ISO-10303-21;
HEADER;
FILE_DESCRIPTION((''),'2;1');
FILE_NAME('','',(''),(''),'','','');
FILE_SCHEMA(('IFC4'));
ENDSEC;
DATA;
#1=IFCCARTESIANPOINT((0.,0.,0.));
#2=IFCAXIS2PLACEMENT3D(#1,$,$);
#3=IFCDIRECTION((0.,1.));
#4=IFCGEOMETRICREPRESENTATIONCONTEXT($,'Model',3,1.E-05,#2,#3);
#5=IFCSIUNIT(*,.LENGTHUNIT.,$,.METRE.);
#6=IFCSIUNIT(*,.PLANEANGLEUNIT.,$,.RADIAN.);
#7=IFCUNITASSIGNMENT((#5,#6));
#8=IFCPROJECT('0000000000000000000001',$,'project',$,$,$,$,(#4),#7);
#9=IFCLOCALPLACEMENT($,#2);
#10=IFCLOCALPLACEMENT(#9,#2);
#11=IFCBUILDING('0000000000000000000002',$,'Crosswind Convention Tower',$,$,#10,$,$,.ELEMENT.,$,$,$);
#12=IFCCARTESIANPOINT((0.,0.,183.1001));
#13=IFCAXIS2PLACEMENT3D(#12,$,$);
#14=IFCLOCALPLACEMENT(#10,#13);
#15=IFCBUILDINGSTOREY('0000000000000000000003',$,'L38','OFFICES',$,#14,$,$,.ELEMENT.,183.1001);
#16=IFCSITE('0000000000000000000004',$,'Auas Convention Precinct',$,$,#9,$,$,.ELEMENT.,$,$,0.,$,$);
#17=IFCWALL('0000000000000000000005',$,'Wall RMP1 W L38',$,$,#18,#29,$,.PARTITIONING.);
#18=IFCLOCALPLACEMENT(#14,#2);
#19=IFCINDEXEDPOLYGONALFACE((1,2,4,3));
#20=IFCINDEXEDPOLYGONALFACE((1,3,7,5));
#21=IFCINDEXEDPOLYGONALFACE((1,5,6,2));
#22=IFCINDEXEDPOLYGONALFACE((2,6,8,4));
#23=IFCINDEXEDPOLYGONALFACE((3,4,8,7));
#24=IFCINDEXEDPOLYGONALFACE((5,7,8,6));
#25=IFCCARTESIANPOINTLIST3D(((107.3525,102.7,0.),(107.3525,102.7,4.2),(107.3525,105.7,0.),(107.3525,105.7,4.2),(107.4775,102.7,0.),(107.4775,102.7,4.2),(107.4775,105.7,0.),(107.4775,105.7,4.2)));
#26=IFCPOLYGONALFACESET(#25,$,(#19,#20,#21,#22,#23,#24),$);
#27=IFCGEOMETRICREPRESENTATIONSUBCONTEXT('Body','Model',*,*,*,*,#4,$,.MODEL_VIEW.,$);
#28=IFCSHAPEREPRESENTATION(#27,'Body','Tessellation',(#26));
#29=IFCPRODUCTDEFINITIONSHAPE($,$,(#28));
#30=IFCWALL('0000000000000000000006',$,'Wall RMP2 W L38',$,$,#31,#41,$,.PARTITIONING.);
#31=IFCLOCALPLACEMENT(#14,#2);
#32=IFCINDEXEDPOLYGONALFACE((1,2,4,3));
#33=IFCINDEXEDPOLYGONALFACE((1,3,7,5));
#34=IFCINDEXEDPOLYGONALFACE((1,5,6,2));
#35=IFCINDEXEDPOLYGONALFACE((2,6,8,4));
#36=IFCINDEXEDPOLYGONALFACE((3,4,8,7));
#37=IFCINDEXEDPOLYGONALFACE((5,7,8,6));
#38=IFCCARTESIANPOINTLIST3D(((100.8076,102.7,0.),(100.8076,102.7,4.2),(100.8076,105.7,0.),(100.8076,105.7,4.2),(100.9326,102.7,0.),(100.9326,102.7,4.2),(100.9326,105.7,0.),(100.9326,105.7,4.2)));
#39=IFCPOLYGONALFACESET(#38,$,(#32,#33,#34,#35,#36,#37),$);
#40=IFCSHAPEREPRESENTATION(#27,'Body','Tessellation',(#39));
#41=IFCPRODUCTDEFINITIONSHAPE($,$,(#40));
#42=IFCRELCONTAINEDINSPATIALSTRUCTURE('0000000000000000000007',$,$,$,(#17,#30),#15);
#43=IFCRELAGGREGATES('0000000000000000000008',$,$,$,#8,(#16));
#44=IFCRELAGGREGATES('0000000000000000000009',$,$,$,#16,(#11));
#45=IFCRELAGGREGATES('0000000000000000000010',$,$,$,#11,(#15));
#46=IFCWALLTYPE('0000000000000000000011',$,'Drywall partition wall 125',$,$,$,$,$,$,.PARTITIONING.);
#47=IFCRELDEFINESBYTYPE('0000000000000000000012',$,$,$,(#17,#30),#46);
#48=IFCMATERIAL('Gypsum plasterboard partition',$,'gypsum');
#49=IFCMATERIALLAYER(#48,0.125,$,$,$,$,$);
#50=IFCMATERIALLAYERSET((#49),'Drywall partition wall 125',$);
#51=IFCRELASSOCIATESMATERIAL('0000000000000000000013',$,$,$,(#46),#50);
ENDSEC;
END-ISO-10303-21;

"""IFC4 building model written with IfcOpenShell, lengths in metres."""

from ifc_helpers import new_model, si_unit, direction, frame, frame_2d, origin, place, context, subcontext, project, spatial, rectangle, extrude, material, layer, layer_set, type_object, element, save


model = new_model("IFC4")

# Units and contexts
model_context = context("Model", 3, precision=1e-05, world=origin(), true_north=direction((0.0, 1.0)))
body_context = subcontext(model_context, "Body", "Model", "MODEL_VIEW")
ifc_project = project(units=[si_unit("LENGTHUNIT", "METRE"), si_unit("PLANEANGLEUNIT", "RADIAN")], contexts=[model_context])

# Site, building, storey
site_placement = place(None, origin())
site = spatial("IfcSite", under=ifc_project, at=site_placement, Name="Auas Convention Precinct", CompositionType="ELEMENT", RefElevation=0.0)
building_placement = place(site_placement, origin())
building = spatial("IfcBuilding", under=site, at=building_placement, Name="Crosswind Convention Tower", CompositionType="ELEMENT")
storey_placement = place(building_placement, frame((0.0, 0.0, 183.1001)))
storey = spatial("IfcBuildingStorey", under=building, at=storey_placement, Name="L38", Description="OFFICES", CompositionType="ELEMENT", Elevation=183.1001)

# Walls
ifc_material_1 = material(Name="Gypsum plasterboard partition", Category="gypsum")
ifc_layer_1 = layer(ifc_material_1, 0.125)
ifc_layer_set_1 = layer_set([ifc_layer_1], Name="Drywall partition wall 125")
wall_type_1 = type_object("IfcWallType", Name="Drywall partition wall 125", PredefinedType="PARTITIONING", material=ifc_layer_set_1)
for number, where, z_axis, x_axis, name in (
    (1, (107.415, 105.7, 0.0), (0.0, 0.0, 1.0), (0.0, -1.0, 0.0), "Wall RMP1 W L38"),
    (2, (100.8701, 105.7, 0.0), (0.0, 0.0, 1.0), (0.0, -1.0, 0.0), "Wall RMP2 W L38"),
):
    element("IfcWall", number, at=place(storey_placement, frame(where, z_axis=z_axis, x_axis=x_axis)), inside=storey, type_object=wall_type_1, Name=name, PredefinedType="PARTITIONING", context=body_context, shape_type="SweptSolid", body=[
        extrude(rectangle(XDim=3.0, YDim=0.125, at=frame_2d((1.5, 0.0))), origin(), (0.0, 0.0, 1.0), 4.2),
    ])

save(model, "model.ifc")
